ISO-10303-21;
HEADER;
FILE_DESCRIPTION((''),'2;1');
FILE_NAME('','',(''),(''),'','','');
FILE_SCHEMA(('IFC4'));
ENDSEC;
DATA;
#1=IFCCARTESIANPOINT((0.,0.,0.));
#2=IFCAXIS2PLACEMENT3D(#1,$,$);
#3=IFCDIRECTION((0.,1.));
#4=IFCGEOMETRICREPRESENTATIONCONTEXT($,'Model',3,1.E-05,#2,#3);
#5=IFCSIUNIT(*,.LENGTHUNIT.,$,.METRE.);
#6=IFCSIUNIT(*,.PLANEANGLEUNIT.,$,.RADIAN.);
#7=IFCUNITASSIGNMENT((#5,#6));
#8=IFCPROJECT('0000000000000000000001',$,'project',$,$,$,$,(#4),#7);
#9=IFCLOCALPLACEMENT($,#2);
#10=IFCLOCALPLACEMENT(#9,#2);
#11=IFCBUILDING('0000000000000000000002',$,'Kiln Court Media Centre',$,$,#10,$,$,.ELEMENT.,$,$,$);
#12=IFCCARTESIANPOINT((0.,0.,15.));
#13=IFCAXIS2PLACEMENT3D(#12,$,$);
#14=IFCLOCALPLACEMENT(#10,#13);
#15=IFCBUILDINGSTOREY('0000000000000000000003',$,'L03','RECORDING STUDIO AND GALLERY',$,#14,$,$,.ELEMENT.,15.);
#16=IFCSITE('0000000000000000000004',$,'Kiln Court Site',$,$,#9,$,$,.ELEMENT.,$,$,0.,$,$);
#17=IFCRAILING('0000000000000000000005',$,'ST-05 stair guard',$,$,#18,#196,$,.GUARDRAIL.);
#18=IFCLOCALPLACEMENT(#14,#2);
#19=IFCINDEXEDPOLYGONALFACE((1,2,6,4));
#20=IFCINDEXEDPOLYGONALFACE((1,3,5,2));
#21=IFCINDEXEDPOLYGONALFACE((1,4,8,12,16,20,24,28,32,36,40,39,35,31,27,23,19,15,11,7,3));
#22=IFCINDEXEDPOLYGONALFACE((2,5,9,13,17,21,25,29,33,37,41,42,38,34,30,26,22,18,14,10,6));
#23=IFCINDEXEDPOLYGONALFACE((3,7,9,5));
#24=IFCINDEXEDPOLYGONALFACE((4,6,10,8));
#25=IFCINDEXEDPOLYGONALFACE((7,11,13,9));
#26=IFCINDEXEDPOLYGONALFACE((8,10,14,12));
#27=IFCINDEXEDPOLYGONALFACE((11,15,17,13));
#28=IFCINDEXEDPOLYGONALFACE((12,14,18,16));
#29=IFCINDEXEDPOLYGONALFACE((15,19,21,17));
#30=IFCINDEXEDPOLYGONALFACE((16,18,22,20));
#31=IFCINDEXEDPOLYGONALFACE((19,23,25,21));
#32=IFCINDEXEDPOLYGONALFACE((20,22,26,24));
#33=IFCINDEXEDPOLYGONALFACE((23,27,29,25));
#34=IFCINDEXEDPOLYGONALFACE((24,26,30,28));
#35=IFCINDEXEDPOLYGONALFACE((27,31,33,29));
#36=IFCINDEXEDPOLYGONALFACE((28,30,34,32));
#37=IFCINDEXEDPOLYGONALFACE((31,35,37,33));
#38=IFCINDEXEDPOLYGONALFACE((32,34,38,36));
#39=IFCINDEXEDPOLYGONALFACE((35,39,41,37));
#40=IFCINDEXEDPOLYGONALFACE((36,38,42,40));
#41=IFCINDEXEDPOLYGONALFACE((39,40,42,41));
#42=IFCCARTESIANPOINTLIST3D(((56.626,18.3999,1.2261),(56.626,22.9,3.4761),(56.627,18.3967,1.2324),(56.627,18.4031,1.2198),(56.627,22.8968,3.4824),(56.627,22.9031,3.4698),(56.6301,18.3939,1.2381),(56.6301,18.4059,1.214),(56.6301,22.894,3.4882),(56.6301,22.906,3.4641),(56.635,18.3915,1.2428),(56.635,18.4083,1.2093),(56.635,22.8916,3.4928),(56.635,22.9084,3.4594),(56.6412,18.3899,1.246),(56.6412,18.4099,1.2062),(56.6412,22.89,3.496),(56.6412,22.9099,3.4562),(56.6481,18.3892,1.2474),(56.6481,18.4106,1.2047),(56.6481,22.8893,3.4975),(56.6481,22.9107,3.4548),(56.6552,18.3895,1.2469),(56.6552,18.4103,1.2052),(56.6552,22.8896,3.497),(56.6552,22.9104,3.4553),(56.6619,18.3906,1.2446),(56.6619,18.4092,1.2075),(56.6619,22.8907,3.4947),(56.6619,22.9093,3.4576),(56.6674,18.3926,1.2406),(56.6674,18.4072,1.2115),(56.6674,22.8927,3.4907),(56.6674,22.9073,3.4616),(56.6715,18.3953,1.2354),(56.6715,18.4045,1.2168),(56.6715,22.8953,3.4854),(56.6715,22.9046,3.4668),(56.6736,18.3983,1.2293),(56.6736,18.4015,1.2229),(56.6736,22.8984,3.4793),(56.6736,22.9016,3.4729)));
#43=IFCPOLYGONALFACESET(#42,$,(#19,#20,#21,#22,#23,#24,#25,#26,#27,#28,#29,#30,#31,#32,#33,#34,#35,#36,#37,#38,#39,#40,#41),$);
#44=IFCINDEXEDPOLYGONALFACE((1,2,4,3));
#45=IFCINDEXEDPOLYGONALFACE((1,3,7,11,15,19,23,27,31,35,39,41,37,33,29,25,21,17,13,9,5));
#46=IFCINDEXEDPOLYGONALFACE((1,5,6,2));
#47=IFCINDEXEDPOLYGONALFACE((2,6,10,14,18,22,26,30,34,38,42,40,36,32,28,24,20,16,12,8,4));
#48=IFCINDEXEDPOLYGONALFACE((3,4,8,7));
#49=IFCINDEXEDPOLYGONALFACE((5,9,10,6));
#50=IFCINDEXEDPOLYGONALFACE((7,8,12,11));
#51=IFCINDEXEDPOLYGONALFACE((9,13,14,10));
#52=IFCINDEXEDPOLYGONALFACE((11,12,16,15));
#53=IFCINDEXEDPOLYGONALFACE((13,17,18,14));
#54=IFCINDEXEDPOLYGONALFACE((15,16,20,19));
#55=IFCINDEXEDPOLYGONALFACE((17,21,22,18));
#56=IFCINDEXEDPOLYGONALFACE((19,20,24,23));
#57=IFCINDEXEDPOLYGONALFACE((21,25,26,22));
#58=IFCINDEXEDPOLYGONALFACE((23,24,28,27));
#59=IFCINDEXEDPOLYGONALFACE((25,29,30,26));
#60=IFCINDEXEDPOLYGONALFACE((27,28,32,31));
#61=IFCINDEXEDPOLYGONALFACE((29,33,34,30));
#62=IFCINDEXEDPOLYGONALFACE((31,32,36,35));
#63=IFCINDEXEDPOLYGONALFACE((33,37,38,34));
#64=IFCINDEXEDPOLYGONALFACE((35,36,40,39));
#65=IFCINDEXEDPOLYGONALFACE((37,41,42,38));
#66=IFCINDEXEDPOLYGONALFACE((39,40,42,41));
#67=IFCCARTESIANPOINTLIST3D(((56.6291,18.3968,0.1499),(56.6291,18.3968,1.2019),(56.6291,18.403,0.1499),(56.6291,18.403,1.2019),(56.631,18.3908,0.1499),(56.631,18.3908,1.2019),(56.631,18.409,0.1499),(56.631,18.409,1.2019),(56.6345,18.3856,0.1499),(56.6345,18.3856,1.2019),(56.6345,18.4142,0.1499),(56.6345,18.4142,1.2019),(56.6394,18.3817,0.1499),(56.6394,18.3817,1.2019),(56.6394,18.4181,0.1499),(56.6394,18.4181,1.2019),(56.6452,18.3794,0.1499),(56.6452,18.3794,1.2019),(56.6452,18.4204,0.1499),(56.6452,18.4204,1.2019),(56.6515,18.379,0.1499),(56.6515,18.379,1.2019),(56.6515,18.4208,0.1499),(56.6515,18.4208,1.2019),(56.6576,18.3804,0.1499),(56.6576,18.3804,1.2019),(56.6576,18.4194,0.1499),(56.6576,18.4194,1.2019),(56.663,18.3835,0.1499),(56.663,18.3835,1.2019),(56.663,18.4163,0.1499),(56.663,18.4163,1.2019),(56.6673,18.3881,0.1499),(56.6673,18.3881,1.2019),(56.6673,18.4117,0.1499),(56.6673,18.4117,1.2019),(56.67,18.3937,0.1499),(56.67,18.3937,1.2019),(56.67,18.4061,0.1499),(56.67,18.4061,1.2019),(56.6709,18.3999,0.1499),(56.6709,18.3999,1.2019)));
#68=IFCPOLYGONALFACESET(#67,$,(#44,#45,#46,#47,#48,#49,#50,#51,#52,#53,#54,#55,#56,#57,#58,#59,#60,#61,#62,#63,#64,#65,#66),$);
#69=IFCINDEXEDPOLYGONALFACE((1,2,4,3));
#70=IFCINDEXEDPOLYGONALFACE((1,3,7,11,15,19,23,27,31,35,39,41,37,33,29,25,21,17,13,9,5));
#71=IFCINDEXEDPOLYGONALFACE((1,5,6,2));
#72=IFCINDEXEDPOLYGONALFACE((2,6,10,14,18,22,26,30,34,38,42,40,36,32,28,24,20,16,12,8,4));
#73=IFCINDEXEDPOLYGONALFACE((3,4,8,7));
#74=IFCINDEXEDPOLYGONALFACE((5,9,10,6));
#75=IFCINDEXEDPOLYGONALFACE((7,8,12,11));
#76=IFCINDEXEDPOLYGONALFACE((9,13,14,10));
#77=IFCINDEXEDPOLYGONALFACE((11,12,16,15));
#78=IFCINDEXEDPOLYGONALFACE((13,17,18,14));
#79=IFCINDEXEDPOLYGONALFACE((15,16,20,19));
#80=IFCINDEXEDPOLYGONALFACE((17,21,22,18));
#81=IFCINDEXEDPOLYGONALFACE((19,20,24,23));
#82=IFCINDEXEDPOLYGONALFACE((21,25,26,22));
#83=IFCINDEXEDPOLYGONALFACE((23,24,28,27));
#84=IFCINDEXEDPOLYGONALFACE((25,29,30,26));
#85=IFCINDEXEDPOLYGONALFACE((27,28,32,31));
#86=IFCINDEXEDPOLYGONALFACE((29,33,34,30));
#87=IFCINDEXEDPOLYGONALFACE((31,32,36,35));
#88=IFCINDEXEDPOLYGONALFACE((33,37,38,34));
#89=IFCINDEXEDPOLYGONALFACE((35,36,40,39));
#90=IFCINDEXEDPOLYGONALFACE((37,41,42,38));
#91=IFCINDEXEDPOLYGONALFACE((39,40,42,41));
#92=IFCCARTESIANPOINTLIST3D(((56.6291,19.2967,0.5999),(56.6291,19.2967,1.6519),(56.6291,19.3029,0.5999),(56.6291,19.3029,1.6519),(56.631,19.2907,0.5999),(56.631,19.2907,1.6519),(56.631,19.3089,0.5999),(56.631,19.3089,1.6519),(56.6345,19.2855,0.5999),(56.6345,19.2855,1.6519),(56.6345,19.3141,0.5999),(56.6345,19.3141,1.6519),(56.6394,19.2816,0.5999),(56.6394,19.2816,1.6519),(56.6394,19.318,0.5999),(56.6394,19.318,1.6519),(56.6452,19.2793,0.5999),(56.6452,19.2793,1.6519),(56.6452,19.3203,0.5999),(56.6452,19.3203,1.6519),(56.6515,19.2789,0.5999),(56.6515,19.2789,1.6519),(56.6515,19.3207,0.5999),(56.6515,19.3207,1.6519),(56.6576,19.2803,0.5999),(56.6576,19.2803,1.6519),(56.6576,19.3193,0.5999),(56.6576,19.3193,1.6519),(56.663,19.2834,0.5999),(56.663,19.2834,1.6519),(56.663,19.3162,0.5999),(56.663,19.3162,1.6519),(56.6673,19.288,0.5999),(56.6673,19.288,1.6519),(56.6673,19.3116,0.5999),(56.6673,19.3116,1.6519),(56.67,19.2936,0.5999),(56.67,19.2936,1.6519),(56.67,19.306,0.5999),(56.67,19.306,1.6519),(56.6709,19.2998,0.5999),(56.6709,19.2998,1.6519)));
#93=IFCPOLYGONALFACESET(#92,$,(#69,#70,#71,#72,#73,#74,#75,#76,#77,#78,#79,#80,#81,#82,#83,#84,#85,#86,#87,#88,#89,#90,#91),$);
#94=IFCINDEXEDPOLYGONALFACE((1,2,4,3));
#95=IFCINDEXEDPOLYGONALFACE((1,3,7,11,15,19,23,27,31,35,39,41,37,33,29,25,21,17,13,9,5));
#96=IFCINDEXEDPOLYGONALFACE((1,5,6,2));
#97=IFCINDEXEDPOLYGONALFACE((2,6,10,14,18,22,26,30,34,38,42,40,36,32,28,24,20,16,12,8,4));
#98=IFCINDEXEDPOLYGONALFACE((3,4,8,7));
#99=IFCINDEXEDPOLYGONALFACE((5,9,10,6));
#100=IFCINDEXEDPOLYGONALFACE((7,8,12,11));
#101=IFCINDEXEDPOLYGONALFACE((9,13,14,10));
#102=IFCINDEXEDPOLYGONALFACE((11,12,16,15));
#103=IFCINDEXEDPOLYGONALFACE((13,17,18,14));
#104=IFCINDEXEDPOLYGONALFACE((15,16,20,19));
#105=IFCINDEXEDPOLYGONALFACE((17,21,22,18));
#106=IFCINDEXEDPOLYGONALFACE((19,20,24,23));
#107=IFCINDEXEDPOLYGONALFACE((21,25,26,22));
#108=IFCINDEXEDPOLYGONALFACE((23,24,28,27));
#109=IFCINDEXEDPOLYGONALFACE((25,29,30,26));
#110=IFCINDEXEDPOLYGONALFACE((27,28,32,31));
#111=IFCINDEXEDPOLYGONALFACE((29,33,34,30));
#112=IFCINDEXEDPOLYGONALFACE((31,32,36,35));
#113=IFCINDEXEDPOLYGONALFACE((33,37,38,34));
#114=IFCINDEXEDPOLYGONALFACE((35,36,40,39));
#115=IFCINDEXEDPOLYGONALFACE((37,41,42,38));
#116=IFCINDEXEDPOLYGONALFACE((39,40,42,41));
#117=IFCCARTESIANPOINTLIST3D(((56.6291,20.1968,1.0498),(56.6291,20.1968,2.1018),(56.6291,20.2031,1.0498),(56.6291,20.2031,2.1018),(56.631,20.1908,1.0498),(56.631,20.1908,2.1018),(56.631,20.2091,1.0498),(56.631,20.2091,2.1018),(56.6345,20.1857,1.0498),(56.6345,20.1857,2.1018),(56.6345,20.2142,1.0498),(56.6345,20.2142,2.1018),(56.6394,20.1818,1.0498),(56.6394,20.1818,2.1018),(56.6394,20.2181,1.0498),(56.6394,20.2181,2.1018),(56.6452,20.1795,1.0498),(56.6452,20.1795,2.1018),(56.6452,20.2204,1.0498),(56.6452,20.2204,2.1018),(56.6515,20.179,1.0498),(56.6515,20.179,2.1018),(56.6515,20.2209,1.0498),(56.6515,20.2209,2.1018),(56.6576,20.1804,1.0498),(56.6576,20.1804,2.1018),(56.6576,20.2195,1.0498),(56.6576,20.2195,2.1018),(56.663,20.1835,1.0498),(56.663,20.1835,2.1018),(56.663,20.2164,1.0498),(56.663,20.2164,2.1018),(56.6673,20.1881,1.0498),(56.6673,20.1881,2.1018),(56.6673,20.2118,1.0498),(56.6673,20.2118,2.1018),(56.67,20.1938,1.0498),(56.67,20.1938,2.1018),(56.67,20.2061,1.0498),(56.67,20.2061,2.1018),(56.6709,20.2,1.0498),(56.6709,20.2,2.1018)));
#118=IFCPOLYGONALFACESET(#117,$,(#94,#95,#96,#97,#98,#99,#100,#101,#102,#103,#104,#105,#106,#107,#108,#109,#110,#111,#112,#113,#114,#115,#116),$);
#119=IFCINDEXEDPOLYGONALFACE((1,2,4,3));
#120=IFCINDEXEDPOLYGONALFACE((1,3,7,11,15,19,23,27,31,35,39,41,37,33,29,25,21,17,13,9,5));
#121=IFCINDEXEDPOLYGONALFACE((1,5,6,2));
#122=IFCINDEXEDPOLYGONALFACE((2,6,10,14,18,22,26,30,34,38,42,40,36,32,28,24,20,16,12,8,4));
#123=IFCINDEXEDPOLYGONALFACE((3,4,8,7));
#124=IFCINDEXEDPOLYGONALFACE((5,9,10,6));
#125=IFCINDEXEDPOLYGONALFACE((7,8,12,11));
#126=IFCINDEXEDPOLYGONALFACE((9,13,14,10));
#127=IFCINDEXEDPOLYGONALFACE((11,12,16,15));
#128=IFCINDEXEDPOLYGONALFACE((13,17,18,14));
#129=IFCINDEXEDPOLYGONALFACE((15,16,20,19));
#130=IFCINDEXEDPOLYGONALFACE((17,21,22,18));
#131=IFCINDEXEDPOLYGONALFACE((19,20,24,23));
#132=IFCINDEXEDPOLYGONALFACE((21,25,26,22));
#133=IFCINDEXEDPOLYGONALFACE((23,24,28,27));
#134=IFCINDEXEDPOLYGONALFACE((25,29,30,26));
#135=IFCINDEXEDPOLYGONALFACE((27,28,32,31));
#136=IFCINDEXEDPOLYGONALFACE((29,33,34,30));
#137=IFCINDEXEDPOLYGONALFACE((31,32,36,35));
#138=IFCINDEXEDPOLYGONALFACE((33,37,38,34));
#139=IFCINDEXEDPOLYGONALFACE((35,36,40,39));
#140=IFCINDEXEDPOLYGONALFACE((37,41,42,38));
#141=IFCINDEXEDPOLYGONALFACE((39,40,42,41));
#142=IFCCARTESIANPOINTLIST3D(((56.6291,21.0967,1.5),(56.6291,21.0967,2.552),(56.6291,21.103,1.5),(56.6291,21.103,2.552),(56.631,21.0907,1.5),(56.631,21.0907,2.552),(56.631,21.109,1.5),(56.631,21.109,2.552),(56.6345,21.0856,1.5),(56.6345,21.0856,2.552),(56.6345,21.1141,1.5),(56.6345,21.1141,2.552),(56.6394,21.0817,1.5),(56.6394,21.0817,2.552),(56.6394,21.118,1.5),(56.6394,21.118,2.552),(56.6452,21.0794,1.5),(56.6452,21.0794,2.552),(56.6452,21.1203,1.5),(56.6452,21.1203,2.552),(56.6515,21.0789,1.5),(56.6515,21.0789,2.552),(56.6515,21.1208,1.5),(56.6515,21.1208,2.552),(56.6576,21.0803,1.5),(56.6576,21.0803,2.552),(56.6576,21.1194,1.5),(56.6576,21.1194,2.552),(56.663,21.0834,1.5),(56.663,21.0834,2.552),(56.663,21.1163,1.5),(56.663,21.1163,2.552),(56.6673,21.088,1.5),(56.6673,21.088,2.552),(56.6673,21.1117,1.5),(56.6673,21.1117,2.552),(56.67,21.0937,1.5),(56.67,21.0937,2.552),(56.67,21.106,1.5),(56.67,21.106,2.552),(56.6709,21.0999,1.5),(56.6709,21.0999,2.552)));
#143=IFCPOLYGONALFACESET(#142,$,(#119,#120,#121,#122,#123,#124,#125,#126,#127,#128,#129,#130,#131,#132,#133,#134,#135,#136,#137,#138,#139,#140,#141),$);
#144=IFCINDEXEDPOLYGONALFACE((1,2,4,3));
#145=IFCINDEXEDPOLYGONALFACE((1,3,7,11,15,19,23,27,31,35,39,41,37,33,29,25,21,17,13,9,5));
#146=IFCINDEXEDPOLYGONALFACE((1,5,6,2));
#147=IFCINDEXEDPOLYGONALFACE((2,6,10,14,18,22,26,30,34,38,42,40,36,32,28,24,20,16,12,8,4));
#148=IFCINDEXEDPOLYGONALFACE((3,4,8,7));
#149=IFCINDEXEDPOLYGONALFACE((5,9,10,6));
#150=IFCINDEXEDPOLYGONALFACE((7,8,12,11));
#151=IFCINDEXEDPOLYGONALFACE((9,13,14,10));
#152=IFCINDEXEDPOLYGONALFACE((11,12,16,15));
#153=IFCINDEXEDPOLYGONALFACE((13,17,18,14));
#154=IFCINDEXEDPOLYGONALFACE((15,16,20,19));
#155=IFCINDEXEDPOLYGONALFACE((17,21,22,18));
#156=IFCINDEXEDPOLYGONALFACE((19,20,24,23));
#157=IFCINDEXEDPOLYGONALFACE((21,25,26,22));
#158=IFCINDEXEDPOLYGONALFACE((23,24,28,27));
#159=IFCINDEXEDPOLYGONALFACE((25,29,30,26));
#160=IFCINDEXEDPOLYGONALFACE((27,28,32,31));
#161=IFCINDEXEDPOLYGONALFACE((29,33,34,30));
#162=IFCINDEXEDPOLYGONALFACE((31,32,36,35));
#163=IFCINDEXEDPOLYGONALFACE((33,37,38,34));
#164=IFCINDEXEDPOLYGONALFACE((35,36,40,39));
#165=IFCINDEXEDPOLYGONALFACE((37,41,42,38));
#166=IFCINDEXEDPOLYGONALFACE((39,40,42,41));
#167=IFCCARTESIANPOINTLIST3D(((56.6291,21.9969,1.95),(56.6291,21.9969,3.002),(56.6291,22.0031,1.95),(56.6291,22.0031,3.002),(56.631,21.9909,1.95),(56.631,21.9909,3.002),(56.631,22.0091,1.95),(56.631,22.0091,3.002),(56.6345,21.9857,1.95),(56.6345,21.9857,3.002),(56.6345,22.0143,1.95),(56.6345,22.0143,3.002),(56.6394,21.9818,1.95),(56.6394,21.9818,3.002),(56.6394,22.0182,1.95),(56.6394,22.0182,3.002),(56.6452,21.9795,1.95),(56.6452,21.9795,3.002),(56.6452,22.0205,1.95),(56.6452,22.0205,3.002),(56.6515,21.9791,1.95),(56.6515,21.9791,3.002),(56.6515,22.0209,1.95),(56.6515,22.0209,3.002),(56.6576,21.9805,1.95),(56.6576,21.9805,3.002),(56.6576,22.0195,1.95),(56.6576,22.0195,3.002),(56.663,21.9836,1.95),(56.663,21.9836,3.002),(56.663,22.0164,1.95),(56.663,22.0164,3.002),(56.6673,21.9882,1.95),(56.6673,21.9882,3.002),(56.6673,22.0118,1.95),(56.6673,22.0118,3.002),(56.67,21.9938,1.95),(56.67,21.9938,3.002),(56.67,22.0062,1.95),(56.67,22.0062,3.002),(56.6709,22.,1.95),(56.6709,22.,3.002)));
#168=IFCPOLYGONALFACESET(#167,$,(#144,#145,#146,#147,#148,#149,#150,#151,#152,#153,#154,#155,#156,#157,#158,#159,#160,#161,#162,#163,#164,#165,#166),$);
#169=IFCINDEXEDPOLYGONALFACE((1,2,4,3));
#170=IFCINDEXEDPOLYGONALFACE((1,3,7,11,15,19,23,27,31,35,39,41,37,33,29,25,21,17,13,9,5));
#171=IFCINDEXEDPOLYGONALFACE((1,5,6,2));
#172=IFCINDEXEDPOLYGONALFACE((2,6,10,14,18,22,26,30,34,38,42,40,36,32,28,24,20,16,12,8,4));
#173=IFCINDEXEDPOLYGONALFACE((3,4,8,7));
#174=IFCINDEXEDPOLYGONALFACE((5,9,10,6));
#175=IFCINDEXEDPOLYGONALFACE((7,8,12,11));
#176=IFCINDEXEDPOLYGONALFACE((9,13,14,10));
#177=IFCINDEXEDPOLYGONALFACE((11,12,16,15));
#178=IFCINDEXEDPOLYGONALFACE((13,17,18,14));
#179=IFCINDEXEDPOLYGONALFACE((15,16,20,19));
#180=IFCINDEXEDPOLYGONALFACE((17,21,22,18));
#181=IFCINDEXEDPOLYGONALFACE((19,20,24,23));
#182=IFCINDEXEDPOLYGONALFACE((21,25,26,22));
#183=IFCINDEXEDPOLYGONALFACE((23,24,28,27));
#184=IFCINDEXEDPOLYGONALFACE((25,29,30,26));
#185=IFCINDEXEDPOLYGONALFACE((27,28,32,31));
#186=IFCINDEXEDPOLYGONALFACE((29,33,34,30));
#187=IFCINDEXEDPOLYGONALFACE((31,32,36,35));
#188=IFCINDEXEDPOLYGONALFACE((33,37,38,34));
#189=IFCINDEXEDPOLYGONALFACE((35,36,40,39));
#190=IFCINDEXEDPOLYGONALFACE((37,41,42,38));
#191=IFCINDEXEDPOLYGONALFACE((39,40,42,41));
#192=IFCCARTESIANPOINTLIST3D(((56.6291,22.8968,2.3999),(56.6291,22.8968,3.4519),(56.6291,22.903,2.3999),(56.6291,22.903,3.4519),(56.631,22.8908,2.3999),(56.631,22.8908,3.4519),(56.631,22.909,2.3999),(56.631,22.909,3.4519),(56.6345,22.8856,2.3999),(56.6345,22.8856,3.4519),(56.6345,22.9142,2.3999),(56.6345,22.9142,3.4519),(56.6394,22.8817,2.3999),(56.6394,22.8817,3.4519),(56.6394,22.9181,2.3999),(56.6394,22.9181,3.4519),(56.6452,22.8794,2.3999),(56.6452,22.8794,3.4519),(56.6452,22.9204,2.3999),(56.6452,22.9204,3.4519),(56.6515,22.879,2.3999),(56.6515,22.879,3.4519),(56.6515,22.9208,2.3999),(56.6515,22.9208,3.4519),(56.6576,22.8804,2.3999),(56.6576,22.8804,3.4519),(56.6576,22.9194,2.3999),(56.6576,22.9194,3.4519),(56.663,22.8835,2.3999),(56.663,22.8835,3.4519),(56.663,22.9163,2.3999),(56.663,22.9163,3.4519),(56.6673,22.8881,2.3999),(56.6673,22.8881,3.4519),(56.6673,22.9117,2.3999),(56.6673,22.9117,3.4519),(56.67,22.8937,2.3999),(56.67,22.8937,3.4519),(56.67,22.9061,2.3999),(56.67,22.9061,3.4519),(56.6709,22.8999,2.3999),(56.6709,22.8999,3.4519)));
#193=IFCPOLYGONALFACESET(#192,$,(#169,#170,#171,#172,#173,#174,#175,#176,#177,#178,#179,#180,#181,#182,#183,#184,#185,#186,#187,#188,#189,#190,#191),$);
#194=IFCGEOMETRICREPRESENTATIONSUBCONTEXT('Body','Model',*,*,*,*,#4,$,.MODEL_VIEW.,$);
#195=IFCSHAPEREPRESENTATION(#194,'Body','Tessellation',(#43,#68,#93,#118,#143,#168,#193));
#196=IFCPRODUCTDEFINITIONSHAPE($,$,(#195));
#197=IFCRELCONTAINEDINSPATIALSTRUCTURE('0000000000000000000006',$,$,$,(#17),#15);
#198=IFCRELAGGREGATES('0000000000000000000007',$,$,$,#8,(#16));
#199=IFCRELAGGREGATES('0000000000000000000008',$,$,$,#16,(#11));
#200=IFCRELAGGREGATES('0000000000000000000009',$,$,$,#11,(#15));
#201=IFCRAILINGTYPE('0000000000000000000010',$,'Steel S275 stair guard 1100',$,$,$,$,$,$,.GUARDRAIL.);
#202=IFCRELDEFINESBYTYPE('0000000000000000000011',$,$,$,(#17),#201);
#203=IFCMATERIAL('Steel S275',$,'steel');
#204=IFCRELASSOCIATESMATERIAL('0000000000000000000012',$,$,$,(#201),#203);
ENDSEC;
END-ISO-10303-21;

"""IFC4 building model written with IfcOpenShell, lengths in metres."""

from ifc_helpers import new_model, si_unit, direction, frame, origin, origin_2d, place, context, subcontext, project, spatial, circle, extrude, material, type_object, element, save


model = new_model("IFC4")

# Units and contexts
model_context = context("Model", 3, precision=1e-05, world=origin(), true_north=direction((0.0, 1.0)))
body_context = subcontext(model_context, "Body", "Model", "MODEL_VIEW")
ifc_project = project(units=[si_unit("LENGTHUNIT", "METRE"), si_unit("PLANEANGLEUNIT", "RADIAN")], contexts=[model_context])

# Site, building, storey
site_placement = place(None, origin())
site = spatial("IfcSite", under=ifc_project, at=site_placement, Name="Kiln Court Site", CompositionType="ELEMENT", RefElevation=0.0)
building_placement = place(site_placement, origin())
building = spatial("IfcBuilding", under=site, at=building_placement, Name="Kiln Court Media Centre", CompositionType="ELEMENT")
storey_placement = place(building_placement, frame((0.0, 0.0, 15.0)))
storey = spatial("IfcBuildingStorey", under=building, at=storey_placement, Name="L03", Description="RECORDING STUDIO AND GALLERY", CompositionType="ELEMENT", Elevation=15.0)

# Railing
ifc_material_1 = material(Name="Steel S275", Category="steel")
railing_type_1 = type_object("IfcRailingType", Name="Steel S275 stair guard 1100", PredefinedType="GUARDRAIL", material=ifc_material_1)
railing_1_placement = place(storey_placement, frame((56.6499, 18.3999, 0.1499)))
element("IfcRailing", 1, at=railing_1_placement, inside=storey, type_object=railing_type_1, Name="ST-05 stair guard", PredefinedType="GUARDRAIL", context=body_context, shape_type="SweptSolid", body=[
    extrude(circle(Radius=0.0239, at=origin_2d()), frame((0.0, 0.0, 1.0762), z_axis=(0.0, 0.894427, 0.447214), x_axis=(-1.0, 0.0, 0.0)), (0.0, 0.0, 1.0), 5.0312),
    extrude(circle(Radius=0.021, at=origin_2d()), origin(), (0.0, 0.0, 1.0), 1.052),
    extrude(circle(Radius=0.021, at=origin_2d()), frame((0.0, 0.8999, 0.45)), (0.0, 0.0, 1.0), 1.052),
    extrude(circle(Radius=0.021, at=origin_2d()), frame((0.0, 1.8, 0.8999)), (0.0, 0.0, 1.0), 1.052),
    extrude(circle(Radius=0.021, at=origin_2d()), frame((0.0, 2.7, 1.3501)), (0.0, 0.0, 1.0), 1.052),
    extrude(circle(Radius=0.021, at=origin_2d()), frame((0.0, 3.6001, 1.8)), (0.0, 0.0, 1.0), 1.052),
    extrude(circle(Radius=0.021, at=origin_2d()), frame((0.0, 4.5, 2.25)), (0.0, 0.0, 1.0), 1.052),
])

save(model, "model.ifc")
